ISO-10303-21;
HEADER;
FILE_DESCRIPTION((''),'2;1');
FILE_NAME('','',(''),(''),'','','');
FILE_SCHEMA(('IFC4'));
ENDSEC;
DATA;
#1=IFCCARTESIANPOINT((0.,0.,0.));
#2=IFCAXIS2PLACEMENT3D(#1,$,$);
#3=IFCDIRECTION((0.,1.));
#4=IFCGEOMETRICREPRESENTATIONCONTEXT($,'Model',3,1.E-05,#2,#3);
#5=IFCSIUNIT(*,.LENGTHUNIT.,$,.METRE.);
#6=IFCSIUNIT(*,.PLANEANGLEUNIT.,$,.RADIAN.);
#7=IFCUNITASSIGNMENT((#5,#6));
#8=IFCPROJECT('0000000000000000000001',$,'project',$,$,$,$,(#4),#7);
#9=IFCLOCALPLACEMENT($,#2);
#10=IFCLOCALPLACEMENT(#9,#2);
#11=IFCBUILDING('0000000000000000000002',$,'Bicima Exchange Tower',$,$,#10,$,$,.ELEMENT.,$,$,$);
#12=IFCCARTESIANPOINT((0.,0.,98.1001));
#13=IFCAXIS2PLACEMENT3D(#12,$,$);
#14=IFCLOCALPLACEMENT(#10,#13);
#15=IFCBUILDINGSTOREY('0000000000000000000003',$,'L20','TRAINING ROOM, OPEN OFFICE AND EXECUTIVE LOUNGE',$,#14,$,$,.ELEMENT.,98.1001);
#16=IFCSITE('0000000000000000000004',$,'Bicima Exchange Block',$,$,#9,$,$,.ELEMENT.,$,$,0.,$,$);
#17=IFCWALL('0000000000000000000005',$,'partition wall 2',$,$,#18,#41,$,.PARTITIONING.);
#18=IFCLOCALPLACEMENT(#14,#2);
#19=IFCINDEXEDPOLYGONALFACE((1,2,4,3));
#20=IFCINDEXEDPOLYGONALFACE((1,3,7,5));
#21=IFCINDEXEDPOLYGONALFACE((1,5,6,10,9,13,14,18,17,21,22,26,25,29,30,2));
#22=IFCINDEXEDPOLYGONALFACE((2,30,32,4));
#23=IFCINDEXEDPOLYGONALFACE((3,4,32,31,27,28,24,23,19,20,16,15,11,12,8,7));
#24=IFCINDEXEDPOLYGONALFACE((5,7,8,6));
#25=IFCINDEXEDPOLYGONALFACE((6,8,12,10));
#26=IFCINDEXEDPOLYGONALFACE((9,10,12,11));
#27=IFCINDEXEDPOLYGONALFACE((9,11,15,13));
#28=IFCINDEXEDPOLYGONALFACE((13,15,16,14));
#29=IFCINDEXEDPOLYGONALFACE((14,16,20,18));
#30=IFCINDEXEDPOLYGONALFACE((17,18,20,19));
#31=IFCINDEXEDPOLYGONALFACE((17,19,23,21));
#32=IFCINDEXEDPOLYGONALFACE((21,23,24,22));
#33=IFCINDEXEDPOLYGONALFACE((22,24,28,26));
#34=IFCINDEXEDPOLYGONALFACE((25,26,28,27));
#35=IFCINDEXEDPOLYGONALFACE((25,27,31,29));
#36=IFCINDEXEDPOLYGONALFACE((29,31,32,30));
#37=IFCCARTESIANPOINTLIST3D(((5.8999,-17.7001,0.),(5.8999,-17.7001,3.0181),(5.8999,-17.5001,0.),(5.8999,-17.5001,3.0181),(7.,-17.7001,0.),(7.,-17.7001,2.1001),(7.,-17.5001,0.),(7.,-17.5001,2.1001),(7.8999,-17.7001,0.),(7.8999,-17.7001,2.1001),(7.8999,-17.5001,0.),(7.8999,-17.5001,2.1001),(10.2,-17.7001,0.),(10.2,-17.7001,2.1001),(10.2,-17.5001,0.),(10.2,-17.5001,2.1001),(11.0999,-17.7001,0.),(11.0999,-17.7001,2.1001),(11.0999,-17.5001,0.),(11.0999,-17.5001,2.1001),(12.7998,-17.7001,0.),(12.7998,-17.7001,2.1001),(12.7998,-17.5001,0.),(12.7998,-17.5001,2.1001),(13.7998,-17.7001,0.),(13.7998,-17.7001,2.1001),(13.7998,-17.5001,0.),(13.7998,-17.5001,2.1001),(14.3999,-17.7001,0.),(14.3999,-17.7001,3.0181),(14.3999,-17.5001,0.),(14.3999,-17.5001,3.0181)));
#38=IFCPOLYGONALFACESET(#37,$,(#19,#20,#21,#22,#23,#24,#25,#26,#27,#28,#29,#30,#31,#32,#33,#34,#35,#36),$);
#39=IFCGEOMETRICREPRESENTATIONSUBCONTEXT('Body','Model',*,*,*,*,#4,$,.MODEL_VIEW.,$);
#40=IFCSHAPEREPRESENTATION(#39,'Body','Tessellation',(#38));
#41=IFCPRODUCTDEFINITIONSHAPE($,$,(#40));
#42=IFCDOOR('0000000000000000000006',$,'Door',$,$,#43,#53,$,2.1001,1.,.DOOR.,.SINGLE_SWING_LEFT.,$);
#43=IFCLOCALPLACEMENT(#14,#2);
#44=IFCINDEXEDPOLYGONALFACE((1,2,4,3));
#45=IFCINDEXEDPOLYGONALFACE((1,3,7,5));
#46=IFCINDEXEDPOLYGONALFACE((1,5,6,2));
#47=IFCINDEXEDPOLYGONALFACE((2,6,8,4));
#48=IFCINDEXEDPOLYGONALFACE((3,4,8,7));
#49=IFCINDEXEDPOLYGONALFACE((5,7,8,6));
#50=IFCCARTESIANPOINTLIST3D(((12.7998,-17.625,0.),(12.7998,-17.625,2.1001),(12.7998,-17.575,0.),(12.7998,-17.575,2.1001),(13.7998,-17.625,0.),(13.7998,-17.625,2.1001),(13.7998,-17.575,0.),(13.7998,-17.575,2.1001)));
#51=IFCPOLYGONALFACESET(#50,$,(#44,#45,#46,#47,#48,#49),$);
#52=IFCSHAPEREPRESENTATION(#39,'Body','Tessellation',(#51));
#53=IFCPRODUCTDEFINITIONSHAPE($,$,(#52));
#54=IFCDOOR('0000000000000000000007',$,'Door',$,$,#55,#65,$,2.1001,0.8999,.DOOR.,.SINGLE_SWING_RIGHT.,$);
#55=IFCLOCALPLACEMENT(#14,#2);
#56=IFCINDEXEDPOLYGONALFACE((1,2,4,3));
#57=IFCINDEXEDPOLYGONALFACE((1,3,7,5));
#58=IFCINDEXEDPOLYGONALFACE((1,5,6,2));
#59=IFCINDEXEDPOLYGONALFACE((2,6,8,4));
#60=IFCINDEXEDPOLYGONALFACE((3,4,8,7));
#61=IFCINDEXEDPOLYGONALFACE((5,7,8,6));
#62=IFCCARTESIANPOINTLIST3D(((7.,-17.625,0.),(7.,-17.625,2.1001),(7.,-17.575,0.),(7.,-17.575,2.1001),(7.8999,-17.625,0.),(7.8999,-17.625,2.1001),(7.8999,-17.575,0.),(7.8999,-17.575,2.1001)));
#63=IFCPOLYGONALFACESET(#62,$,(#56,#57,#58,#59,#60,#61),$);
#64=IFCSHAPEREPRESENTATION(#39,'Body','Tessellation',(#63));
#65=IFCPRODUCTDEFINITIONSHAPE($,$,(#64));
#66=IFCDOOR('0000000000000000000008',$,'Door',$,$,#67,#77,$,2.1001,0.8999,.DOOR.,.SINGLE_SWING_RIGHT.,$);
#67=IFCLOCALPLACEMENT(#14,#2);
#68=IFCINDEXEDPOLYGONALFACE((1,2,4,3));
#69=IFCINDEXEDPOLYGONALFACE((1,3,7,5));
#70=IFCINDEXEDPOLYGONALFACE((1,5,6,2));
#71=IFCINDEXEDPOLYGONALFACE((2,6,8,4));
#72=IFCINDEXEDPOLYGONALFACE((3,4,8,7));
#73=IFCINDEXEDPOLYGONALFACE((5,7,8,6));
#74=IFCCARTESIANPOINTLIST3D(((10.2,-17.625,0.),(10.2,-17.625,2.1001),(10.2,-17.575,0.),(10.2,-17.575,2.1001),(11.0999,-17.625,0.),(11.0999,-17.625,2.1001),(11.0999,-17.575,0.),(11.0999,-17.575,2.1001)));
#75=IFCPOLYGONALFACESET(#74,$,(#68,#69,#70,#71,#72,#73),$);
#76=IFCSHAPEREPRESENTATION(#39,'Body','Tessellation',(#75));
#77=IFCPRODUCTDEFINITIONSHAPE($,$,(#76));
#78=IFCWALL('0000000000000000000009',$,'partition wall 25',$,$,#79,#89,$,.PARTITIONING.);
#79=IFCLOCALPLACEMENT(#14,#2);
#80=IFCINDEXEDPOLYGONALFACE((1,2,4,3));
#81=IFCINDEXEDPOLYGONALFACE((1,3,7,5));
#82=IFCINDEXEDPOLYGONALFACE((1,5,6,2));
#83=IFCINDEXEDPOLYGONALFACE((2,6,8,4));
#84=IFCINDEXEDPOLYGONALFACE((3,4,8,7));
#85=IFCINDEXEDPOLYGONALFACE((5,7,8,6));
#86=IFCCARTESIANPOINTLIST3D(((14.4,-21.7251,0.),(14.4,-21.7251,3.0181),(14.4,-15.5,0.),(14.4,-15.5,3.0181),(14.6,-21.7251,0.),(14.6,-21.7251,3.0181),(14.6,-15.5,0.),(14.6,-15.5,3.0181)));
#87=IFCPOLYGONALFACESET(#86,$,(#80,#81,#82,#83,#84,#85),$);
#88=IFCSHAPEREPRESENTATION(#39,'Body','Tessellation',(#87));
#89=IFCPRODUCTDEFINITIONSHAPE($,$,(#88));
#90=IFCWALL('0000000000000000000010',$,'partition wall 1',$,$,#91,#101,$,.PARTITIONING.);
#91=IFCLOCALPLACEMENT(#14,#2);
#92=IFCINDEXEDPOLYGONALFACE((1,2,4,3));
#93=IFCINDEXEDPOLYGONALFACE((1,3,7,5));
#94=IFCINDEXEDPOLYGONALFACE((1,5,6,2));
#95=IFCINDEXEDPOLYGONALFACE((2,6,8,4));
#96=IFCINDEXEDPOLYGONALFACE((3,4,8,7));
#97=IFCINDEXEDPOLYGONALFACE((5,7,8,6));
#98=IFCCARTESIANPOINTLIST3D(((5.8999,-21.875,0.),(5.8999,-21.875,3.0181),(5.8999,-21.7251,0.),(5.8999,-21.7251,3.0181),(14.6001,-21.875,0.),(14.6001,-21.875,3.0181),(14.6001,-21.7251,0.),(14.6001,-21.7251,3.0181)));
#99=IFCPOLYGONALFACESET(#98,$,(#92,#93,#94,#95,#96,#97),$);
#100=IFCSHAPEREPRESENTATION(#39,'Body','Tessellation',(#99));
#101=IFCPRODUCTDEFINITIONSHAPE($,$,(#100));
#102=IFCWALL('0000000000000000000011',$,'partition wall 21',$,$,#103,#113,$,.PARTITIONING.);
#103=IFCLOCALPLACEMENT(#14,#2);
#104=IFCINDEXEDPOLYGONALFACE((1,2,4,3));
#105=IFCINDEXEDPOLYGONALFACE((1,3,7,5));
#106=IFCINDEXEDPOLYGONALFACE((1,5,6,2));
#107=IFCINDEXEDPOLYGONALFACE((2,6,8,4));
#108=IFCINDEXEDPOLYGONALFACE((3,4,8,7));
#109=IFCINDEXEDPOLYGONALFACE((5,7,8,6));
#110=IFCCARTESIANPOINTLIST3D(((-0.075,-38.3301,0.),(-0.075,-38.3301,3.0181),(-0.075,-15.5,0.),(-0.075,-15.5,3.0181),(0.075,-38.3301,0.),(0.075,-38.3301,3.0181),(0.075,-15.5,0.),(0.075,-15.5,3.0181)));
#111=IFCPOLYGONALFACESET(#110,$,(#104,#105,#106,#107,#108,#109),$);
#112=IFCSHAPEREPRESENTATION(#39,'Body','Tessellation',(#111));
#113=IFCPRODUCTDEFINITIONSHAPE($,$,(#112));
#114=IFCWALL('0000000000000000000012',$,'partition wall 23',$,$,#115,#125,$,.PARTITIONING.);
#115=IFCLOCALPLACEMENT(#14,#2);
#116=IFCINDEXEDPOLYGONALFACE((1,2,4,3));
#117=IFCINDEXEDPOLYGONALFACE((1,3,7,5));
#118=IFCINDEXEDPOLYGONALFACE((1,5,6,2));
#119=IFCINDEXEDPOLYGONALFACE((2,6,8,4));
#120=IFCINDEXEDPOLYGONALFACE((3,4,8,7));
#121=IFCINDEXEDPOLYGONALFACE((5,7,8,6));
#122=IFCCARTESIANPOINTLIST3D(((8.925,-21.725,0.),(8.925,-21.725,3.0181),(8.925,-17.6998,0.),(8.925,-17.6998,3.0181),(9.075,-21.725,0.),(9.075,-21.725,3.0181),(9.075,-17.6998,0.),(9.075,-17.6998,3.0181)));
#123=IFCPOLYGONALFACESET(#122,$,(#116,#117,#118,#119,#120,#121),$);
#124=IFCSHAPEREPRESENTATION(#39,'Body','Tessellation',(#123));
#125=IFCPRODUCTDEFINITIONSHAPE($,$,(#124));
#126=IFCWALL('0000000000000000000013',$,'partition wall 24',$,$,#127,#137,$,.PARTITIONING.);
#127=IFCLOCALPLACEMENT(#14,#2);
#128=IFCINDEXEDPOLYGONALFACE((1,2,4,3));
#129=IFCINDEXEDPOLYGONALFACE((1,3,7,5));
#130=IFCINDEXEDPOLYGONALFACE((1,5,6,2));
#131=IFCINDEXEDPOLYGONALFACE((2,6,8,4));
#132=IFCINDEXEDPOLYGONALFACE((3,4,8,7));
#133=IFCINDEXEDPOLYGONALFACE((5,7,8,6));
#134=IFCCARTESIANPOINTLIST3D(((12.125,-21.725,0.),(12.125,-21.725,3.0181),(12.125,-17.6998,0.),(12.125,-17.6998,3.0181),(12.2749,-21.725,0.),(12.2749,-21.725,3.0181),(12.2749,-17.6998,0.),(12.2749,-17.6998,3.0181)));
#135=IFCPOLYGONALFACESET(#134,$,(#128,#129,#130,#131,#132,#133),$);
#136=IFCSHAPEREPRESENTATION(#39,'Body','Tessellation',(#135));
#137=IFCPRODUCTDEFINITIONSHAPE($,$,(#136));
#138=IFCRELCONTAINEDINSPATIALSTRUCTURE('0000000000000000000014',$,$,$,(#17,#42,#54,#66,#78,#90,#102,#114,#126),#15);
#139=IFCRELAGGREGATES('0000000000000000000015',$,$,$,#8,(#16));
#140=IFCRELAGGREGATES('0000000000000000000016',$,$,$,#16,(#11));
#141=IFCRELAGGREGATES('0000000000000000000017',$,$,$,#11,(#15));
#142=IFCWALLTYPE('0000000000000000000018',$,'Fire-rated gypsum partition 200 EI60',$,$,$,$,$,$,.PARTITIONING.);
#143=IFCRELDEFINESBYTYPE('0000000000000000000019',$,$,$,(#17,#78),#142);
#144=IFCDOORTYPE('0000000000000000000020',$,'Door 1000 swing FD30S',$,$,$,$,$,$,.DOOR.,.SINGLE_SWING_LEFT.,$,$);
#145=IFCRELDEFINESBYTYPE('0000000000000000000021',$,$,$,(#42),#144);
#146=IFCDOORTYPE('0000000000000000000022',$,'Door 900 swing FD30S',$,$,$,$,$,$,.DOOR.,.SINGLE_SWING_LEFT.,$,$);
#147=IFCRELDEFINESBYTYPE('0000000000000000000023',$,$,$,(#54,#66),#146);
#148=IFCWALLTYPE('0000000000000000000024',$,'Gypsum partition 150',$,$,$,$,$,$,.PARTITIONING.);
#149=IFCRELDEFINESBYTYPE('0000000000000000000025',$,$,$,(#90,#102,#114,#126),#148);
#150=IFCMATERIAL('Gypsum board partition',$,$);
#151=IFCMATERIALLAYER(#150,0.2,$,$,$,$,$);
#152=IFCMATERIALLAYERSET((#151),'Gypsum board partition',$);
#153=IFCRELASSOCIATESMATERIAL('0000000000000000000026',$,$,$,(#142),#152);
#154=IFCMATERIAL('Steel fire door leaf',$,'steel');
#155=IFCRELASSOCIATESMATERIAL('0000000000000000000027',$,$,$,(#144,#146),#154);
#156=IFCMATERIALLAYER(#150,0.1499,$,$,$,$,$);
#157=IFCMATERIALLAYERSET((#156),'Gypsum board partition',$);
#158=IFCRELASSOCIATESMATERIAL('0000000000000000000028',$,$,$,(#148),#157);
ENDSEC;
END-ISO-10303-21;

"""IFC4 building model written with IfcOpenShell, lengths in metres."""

from ifc_helpers import new_model, si_unit, direction, frame, frame_2d, origin, place, context, subcontext, project, spatial, rectangle, extrude, material, layer, layer_set, type_object, element, fill, save


model = new_model("IFC4")

# Units and contexts
model_context = context("Model", 3, precision=1e-05, world=origin(), true_north=direction((0.0, 1.0)))
body_context = subcontext(model_context, "Body", "Model", "MODEL_VIEW")
ifc_project = project(units=[si_unit("LENGTHUNIT", "METRE"), si_unit("PLANEANGLEUNIT", "RADIAN")], contexts=[model_context])

# Site, building, storey
site_placement = place(None, origin())
site = spatial("IfcSite", under=ifc_project, at=site_placement, Name="Bicima Exchange Block", CompositionType="ELEMENT", RefElevation=0.0)
building_placement = place(site_placement, origin())
building = spatial("IfcBuilding", under=site, at=building_placement, Name="Bicima Exchange Tower", CompositionType="ELEMENT")
storey_placement = place(building_placement, frame((0.0, 0.0, 98.1001)))
storey = spatial("IfcBuildingStorey", under=building, at=storey_placement, Name="L20", Description="TRAINING ROOM, OPEN OFFICE AND EXECUTIVE LOUNGE", CompositionType="ELEMENT", Elevation=98.1001)

# Wall, openings, doors
ifc_material_1 = material(Name="Gypsum board partition")
ifc_layer_1 = layer(ifc_material_1, 0.2)
ifc_layer_set_1 = layer_set([ifc_layer_1], Name="Gypsum board partition")
wall_type_1 = type_object("IfcWallType", Name="Fire-rated gypsum partition 200 EI60", PredefinedType="PARTITIONING", material=ifc_layer_set_1)
wall_1_placement = place(storey_placement, frame((5.8999, -17.6001, 0.0), z_axis=(0.0, 0.0, 1.0), x_axis=(1.0, 0.0, 0.0)))
wall_1 = element("IfcWall", 1, at=wall_1_placement, inside=storey, type_object=wall_type_1, Name="partition wall 2", PredefinedType="PARTITIONING", context=body_context, shape_type="SweptSolid", body=[
    extrude(rectangle(XDim=8.5, YDim=0.2, at=frame_2d((4.25, 0.0))), origin(), (0.0, 0.0, 1.0), 3.0181),
])
opening_1_placement = place(wall_1_placement, frame((1.1001, 0.0, 0.0)))
opening_1 = element("IfcOpeningElement", 2, at=opening_1_placement, cuts=wall_1, PredefinedType="OPENING", context=body_context, shape_type="SweptSolid", body=[
    extrude(rectangle(XDim=0.8999, YDim=2.1001, at=frame_2d((0.45, 1.05))), frame((0.0, 0.1118, 0.0), z_axis=(0.0, -1.0, 0.0), x_axis=(1.0, 0.0, 0.0)), (0.0, 0.0, 1.0), 0.2239),
])
opening_2_placement = place(wall_1_placement, frame((4.3, 0.0, 0.0)))
opening_2 = element("IfcOpeningElement", 3, at=opening_2_placement, cuts=wall_1, PredefinedType="OPENING", context=body_context, shape_type="SweptSolid", body=[
    extrude(rectangle(XDim=0.8999, YDim=2.1001, at=frame_2d((0.45, 1.05))), frame((0.0, 0.1118, 0.0), z_axis=(0.0, -1.0, 0.0), x_axis=(1.0, 0.0, 0.0)), (0.0, 0.0, 1.0), 0.2239),
])
opening_3_placement = place(wall_1_placement, frame((6.8999, 0.0, 0.0)))
opening_3 = element("IfcOpeningElement", 4, at=opening_3_placement, cuts=wall_1, PredefinedType="OPENING", context=body_context, shape_type="SweptSolid", body=[
    extrude(rectangle(XDim=1.0, YDim=2.1001, at=frame_2d((0.5, 1.05))), frame((0.0, 0.1118, 0.0), z_axis=(0.0, -1.0, 0.0), x_axis=(1.0, 0.0, 0.0)), (0.0, 0.0, 1.0), 0.2239),
])
ifc_material_2 = material(Name="Steel fire door leaf", Category="steel")
door_type_1 = type_object("IfcDoorType", Name="Door 1000 swing FD30S", OperationType="SINGLE_SWING_LEFT", PredefinedType="DOOR", material=ifc_material_2)
door_1_placement = place(opening_3_placement, frame((1.0, 0.0, 0.0), z_axis=(0.0, 0.0, 1.0), x_axis=(-1.0, 0.0, 0.0)))
door_1 = element("IfcDoor", 5, at=door_1_placement, inside=storey, type_object=door_type_1, Name="Door", OperationType="SINGLE_SWING_LEFT", OverallHeight=2.1001, OverallWidth=1.0, PredefinedType="DOOR", context=body_context, shape_type="SweptSolid", body=[
    extrude(rectangle(XDim=1.0, YDim=2.1001, at=frame_2d((0.5, 1.05))), frame((0.0, 0.0249, 0.0), z_axis=(0.0, -1.0, 0.0), x_axis=(1.0, 0.0, 0.0)), (0.0, 0.0, 1.0), 0.05),
])
fill(opening_3, door_1)
door_type_2 = type_object("IfcDoorType", Name="Door 900 swing FD30S", OperationType="SINGLE_SWING_LEFT", PredefinedType="DOOR", material=ifc_material_2)
door_2_placement = place(opening_1_placement, frame((0.8999, 0.0, 0.0), z_axis=(0.0, 0.0, 1.0), x_axis=(-1.0, 0.0, 0.0)))
door_2 = element("IfcDoor", 6, at=door_2_placement, inside=storey, type_object=door_type_2, Name="Door", OperationType="SINGLE_SWING_RIGHT", OverallHeight=2.1001, OverallWidth=0.8999, PredefinedType="DOOR", context=body_context, shape_type="SweptSolid", body=[
    extrude(rectangle(XDim=0.8999, YDim=2.1001, at=frame_2d((0.45, 1.05))), frame((0.0, 0.0249, 0.0), z_axis=(0.0, -1.0, 0.0), x_axis=(1.0, 0.0, 0.0)), (0.0, 0.0, 1.0), 0.05),
])
fill(opening_1, door_2)
door_3_placement = place(opening_2_placement, frame((0.8999, 0.0, 0.0), z_axis=(0.0, 0.0, 1.0), x_axis=(-1.0, 0.0, 0.0)))
door_3 = element("IfcDoor", 7, at=door_3_placement, inside=storey, type_object=door_type_2, Name="Door", OperationType="SINGLE_SWING_RIGHT", OverallHeight=2.1001, OverallWidth=0.8999, PredefinedType="DOOR", context=body_context, shape_type="SweptSolid", body=[
    extrude(rectangle(XDim=0.8999, YDim=2.1001, at=frame_2d((0.45, 1.05))), frame((0.0, 0.0249, 0.0), z_axis=(0.0, -1.0, 0.0), x_axis=(1.0, 0.0, 0.0)), (0.0, 0.0, 1.0), 0.05),
])
fill(opening_2, door_3)

# Walls
wall_2_placement = place(storey_placement, frame((14.5, -21.7251, 0.0), z_axis=(0.0, 0.0, 1.0), x_axis=(0.0, 1.0, 0.0)))
element("IfcWall", 8, at=wall_2_placement, inside=storey, type_object=wall_type_1, Name="partition wall 25", PredefinedType="PARTITIONING", context=body_context, shape_type="SweptSolid", body=[
    extrude(rectangle(XDim=6.2251, YDim=0.2, at=frame_2d((3.1125, 0.0))), origin(), (0.0, 0.0, 1.0), 3.0181),
])
ifc_layer_2 = layer(ifc_material_1, 0.1499)
ifc_layer_set_2 = layer_set([ifc_layer_2], Name="Gypsum board partition")
wall_type_2 = type_object("IfcWallType", Name="Gypsum partition 150", PredefinedType="PARTITIONING", material=ifc_layer_set_2)
wall_3_placement = place(storey_placement, frame((5.8999, -21.8, 0.0), z_axis=(0.0, 0.0, 1.0), x_axis=(1.0, 0.0, 0.0)))
element("IfcWall", 9, at=wall_3_placement, inside=storey, type_object=wall_type_2, Name="partition wall 1", PredefinedType="PARTITIONING", context=body_context, shape_type="SweptSolid", body=[
    extrude(rectangle(XDim=8.7002, YDim=0.1499, at=frame_2d((4.3501, 0.0))), origin(), (0.0, 0.0, 1.0), 3.0181),
])
wall_4_placement = place(storey_placement, frame((0.0, -38.3301, 0.0), z_axis=(0.0, 0.0, 1.0), x_axis=(0.0, 1.0, 0.0)))
element("IfcWall", 10, at=wall_4_placement, inside=storey, type_object=wall_type_2, Name="partition wall 21", PredefinedType="PARTITIONING", context=body_context, shape_type="SweptSolid", body=[
    extrude(rectangle(XDim=22.8301, YDim=0.1499, at=frame_2d((11.415, 0.0))), origin(), (0.0, 0.0, 1.0), 3.0181),
])
for number, where, z_axis, x_axis, name in (
    (11, (9.0, -21.7251, 0.0), (0.0, 0.0, 1.0), (0.0, 1.0, 0.0), "partition wall 23"),
    (12, (12.2, -21.7251, 0.0), (0.0, 0.0, 1.0), (0.0, 1.0, 0.0), "partition wall 24"),
):
    element("IfcWall", number, at=place(storey_placement, frame(where, z_axis=z_axis, x_axis=x_axis)), inside=storey, type_object=wall_type_2, Name=name, PredefinedType="PARTITIONING", context=body_context, shape_type="SweptSolid", body=[
        extrude(rectangle(XDim=4.0251, YDim=0.1499, at=frame_2d((2.0127, 0.0))), origin(), (0.0, 0.0, 1.0), 3.0181),
    ])

save(model, "model.ifc")
